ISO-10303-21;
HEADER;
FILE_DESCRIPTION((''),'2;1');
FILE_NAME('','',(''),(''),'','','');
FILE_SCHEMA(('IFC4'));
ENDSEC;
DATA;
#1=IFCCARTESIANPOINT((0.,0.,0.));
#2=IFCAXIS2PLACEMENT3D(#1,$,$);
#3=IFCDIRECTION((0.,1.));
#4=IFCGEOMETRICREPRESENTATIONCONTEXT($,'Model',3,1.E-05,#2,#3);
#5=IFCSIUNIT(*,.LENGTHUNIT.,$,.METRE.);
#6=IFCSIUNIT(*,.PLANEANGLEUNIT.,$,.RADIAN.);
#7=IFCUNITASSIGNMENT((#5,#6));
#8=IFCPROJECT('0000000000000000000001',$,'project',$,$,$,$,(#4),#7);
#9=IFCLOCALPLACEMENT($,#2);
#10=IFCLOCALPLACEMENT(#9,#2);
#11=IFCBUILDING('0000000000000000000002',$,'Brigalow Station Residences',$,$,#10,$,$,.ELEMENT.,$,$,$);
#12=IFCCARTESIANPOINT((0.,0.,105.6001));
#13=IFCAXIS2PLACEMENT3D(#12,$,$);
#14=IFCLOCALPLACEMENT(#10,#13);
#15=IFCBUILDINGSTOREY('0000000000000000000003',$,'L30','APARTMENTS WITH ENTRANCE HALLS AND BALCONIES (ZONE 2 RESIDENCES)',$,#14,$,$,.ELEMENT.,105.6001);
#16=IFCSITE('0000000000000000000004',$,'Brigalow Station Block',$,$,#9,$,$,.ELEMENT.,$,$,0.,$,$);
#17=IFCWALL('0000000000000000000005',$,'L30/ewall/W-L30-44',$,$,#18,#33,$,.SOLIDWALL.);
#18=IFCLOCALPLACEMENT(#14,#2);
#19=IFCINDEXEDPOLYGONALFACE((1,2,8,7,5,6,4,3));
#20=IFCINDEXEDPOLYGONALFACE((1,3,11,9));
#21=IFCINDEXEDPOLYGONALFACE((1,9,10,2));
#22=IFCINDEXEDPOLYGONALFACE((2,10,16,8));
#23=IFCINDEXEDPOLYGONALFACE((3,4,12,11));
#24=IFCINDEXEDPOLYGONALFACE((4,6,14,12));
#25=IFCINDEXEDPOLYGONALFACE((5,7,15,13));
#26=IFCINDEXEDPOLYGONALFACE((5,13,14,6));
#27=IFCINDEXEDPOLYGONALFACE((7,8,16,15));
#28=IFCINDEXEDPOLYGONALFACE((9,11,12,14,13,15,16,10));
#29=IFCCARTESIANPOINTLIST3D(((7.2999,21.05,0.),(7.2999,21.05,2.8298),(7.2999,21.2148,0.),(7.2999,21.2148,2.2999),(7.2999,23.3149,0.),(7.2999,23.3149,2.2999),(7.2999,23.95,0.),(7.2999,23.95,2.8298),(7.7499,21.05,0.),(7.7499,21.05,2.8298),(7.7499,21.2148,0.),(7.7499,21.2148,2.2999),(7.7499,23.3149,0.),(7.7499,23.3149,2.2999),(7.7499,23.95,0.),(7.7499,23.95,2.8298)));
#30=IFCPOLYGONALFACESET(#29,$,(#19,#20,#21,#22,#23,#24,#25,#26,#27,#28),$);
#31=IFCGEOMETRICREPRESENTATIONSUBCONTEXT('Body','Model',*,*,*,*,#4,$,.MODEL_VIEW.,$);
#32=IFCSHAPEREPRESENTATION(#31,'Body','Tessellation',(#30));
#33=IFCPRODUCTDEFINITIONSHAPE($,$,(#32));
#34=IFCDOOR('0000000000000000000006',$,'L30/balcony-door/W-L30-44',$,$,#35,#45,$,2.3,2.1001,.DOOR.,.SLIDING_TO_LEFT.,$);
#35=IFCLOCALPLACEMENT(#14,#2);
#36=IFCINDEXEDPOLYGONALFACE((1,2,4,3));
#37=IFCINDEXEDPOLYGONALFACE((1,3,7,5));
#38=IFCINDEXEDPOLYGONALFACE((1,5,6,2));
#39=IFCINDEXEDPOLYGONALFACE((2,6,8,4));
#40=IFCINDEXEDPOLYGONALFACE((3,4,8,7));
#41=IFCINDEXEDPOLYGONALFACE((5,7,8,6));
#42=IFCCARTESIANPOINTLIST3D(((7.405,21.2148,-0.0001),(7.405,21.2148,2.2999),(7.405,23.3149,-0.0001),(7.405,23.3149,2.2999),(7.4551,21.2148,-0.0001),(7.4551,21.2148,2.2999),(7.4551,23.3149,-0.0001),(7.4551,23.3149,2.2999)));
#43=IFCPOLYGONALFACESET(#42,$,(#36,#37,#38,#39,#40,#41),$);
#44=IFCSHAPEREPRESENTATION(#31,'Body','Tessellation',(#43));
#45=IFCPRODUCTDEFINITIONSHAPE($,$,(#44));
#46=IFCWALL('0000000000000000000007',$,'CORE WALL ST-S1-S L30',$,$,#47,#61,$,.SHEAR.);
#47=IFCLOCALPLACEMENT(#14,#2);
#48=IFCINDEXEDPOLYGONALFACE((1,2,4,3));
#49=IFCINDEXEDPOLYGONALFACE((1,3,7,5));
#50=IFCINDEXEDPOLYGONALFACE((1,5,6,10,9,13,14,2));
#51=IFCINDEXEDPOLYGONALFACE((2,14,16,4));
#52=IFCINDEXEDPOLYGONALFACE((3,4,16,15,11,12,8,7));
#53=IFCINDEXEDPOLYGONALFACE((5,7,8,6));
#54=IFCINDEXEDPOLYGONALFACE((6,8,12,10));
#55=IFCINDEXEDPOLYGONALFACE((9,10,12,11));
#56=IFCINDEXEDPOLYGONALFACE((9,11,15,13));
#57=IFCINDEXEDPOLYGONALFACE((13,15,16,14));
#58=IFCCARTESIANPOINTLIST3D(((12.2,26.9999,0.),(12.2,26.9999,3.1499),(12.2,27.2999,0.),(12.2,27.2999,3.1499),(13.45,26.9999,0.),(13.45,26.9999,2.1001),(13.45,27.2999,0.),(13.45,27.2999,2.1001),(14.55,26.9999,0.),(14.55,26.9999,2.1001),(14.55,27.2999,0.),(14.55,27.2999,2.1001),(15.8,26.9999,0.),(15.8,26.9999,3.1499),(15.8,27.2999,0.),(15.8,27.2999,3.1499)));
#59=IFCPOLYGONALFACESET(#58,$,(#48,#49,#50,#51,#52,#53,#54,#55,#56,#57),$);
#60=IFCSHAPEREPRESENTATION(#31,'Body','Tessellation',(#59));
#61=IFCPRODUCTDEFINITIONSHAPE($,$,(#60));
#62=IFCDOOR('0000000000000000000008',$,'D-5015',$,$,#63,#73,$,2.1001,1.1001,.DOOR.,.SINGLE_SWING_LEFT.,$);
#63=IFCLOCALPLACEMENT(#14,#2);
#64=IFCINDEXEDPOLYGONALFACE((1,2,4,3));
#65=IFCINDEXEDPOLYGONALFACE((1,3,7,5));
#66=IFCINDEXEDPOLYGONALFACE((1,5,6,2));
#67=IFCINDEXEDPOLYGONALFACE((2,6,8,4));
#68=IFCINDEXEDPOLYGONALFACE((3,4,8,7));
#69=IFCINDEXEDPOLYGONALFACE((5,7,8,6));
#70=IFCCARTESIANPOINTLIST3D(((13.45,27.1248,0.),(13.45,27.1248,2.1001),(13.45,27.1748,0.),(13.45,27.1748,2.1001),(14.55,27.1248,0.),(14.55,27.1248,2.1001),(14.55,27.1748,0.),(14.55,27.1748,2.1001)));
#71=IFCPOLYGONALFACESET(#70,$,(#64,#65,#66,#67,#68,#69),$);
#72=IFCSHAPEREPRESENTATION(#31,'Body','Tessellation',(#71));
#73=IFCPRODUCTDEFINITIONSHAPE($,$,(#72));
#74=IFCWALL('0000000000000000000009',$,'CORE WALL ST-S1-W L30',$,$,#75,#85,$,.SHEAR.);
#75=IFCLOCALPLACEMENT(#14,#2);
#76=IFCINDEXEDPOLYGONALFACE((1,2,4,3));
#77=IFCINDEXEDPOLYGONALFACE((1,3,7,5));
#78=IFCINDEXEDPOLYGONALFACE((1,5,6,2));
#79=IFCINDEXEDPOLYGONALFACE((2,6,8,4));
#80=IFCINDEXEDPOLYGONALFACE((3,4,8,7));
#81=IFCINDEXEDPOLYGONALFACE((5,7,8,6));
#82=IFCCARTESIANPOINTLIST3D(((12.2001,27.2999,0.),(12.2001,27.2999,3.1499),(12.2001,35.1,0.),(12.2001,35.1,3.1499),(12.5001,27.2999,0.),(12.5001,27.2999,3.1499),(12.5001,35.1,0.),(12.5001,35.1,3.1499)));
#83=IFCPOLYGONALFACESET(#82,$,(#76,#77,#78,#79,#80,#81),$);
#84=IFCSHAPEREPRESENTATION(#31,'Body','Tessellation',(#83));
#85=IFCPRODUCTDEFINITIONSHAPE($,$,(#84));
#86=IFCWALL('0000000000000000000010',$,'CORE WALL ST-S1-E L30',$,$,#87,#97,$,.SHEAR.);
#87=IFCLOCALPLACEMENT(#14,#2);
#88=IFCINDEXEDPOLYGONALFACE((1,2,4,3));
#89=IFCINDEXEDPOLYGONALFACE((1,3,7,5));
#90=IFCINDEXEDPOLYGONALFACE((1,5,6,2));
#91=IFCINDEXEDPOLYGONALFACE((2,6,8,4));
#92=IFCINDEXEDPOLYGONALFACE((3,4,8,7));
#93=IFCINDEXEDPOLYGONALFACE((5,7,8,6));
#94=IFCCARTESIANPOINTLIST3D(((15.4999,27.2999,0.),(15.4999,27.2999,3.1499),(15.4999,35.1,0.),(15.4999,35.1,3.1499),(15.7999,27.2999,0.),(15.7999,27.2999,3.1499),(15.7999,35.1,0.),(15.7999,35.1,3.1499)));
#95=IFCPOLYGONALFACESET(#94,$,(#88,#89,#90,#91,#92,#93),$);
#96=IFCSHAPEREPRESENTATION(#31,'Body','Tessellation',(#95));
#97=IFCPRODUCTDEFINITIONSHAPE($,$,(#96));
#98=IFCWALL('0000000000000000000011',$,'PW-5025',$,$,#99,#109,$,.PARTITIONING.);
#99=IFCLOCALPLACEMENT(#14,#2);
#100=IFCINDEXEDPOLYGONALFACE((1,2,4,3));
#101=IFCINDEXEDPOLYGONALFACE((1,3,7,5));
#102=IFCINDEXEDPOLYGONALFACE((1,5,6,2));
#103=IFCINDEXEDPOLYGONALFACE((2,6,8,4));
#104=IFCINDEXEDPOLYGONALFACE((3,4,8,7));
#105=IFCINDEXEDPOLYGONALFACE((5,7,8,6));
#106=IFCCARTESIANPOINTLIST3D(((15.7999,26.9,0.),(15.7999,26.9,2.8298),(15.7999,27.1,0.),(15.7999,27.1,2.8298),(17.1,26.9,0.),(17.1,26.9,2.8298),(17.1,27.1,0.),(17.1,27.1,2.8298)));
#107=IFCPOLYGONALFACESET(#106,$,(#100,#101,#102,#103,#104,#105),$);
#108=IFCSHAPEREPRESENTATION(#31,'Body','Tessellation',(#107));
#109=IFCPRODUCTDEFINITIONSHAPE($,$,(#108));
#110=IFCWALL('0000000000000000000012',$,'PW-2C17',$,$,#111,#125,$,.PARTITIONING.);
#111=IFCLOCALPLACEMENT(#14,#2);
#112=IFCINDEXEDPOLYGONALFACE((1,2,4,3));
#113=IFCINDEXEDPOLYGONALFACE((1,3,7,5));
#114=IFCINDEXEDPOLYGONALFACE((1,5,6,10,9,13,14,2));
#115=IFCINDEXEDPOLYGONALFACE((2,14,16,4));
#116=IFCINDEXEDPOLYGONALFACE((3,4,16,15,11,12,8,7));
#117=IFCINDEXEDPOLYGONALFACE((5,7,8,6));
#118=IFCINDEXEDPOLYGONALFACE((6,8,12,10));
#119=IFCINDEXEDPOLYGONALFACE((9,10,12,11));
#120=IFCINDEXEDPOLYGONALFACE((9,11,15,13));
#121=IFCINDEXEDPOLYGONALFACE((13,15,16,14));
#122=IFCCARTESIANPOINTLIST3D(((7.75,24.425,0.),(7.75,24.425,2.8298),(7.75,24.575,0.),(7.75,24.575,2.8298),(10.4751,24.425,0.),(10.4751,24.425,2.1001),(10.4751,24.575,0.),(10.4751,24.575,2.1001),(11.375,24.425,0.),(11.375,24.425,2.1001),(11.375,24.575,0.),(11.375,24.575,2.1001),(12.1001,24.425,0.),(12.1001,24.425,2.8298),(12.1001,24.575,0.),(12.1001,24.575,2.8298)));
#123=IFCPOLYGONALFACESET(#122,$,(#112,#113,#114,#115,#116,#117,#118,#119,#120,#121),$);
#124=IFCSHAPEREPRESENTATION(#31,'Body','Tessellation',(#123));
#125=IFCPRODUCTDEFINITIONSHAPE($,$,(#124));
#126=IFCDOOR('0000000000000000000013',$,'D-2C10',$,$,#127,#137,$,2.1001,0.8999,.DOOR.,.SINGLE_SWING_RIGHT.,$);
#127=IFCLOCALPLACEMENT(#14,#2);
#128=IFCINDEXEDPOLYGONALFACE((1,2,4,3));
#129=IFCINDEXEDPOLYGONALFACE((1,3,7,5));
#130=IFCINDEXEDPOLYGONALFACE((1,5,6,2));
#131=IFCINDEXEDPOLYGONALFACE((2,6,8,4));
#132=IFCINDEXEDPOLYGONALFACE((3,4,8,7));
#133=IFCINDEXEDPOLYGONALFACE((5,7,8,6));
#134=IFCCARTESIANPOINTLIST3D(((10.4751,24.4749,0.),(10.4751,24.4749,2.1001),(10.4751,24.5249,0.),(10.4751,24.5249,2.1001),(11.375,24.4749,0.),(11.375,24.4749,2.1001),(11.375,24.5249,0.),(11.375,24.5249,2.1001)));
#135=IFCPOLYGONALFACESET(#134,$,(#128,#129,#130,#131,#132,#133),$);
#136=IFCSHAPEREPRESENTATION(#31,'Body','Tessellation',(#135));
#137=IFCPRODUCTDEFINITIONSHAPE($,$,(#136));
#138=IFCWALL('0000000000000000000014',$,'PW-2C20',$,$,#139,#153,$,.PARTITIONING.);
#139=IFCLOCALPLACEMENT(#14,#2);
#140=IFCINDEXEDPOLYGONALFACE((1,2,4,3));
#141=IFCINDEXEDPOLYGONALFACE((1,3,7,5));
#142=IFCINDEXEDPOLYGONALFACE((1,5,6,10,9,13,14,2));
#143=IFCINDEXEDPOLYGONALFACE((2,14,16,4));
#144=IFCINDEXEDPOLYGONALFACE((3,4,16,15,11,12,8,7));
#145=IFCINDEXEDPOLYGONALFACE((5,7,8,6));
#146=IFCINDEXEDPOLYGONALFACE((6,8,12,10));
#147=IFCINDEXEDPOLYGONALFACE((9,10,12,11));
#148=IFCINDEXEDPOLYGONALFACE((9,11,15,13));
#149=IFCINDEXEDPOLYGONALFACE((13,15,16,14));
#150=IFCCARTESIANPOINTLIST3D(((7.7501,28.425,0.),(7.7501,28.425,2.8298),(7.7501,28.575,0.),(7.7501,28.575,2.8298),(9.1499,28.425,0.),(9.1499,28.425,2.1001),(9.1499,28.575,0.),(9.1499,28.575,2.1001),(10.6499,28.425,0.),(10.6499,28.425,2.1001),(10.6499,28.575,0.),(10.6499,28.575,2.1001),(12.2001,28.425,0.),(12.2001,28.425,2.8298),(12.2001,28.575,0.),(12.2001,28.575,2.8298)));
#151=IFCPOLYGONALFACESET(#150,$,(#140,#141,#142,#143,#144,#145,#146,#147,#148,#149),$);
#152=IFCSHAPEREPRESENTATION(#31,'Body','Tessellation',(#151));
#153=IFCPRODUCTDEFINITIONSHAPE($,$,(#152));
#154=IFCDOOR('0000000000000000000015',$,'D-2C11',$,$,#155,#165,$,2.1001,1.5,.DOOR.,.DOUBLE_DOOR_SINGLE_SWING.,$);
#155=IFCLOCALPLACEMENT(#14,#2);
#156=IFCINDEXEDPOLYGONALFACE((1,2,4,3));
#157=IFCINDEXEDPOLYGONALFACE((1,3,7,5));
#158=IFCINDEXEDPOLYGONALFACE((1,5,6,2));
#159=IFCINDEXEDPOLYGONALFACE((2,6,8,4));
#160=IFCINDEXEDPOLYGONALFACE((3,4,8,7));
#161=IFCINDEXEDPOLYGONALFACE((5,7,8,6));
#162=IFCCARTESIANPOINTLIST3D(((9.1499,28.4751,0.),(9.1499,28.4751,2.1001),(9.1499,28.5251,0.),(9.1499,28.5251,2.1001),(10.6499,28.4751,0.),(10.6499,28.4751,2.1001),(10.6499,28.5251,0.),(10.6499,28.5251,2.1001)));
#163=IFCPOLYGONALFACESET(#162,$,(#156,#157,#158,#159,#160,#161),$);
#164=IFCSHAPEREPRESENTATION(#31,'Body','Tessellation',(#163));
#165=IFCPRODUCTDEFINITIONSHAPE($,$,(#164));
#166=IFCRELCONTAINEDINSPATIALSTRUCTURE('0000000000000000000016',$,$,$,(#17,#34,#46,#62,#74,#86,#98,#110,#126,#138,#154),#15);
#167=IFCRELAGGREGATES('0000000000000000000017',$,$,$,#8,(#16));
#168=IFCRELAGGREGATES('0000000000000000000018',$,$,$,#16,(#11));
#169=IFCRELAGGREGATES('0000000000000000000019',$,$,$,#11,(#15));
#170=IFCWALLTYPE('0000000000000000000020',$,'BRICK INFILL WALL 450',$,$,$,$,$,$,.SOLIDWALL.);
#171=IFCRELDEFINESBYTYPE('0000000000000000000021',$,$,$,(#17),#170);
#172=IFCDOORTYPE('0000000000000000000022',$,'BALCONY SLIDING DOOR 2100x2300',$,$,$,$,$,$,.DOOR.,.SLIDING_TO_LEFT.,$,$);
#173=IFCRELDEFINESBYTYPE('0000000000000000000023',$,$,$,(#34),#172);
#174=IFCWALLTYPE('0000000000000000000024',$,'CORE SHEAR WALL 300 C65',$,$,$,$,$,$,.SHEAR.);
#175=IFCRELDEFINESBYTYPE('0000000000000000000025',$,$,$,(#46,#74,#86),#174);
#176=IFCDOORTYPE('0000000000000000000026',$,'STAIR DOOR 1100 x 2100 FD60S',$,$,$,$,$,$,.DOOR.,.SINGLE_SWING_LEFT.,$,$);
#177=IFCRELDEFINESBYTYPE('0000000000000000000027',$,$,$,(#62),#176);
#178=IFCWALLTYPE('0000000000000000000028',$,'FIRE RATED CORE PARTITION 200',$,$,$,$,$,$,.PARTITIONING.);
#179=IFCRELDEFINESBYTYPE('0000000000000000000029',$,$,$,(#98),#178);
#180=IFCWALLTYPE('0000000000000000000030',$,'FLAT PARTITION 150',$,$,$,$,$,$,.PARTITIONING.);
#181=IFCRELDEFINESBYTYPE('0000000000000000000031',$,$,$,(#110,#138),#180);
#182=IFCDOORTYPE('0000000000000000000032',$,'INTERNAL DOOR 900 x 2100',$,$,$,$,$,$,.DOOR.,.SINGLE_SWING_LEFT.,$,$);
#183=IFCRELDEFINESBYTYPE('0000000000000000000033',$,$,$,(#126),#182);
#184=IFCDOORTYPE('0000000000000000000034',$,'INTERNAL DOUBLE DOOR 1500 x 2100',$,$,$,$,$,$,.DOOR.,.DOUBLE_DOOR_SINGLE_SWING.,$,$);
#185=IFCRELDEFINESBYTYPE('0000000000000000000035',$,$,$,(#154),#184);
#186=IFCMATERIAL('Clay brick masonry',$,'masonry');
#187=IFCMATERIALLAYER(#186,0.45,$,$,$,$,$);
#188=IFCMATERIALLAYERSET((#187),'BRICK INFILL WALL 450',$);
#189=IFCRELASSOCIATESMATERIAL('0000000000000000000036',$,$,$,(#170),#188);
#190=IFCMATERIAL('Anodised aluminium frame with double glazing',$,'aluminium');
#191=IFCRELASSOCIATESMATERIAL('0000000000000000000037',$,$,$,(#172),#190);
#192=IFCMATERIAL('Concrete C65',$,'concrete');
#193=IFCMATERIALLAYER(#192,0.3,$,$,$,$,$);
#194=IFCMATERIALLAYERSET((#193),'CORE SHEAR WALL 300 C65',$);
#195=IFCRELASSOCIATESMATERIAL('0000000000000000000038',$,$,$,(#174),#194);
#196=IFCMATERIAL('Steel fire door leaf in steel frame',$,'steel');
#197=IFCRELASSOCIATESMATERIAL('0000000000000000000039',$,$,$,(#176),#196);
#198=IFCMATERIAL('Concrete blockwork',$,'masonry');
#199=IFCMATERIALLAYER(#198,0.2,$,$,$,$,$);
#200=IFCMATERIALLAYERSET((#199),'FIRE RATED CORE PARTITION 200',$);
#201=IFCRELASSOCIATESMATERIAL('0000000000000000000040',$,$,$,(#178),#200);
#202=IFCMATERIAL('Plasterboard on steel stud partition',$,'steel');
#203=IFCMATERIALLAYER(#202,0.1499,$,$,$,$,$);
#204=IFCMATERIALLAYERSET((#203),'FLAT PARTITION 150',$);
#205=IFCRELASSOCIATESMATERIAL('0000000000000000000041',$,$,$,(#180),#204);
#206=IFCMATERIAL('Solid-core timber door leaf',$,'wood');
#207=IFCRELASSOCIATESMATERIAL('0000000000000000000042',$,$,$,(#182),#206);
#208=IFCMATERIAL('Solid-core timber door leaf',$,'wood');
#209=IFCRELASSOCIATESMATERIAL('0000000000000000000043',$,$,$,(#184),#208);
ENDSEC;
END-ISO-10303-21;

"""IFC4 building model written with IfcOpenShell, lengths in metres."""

from ifc_helpers import new_model, si_unit, direction, frame, frame_2d, origin, place, context, subcontext, project, spatial, rectangle, extrude, material, layer, layer_set, type_object, element, fill, save


model = new_model("IFC4")

# Units and contexts
model_context = context("Model", 3, precision=1e-05, world=origin(), true_north=direction((0.0, 1.0)))
body_context = subcontext(model_context, "Body", "Model", "MODEL_VIEW")
ifc_project = project(units=[si_unit("LENGTHUNIT", "METRE"), si_unit("PLANEANGLEUNIT", "RADIAN")], contexts=[model_context])

# Site, building, storey
site_placement = place(None, origin())
site = spatial("IfcSite", under=ifc_project, at=site_placement, Name="Brigalow Station Block", CompositionType="ELEMENT", RefElevation=0.0)
building_placement = place(site_placement, origin())
building = spatial("IfcBuilding", under=site, at=building_placement, Name="Brigalow Station Residences", CompositionType="ELEMENT")
storey_placement = place(building_placement, frame((0.0, 0.0, 105.6001)))
storey = spatial("IfcBuildingStorey", under=building, at=storey_placement, Name="L30", Description="APARTMENTS WITH ENTRANCE HALLS AND BALCONIES (ZONE 2 RESIDENCES)", CompositionType="ELEMENT", Elevation=105.6001)

# Shared definitions
ifc_material_1 = material(Name="Clay brick masonry", Category="masonry")
ifc_layer_1 = layer(ifc_material_1, 0.45)
ifc_layer_set_1 = layer_set([ifc_layer_1], Name="BRICK INFILL WALL 450")
wall_type_1 = type_object("IfcWallType", Name="BRICK INFILL WALL 450", PredefinedType="SOLIDWALL", material=ifc_layer_set_1)

# Walls, openings, doors
wall_1_placement = place(storey_placement, frame((7.5249, 23.95, 0.0), z_axis=(0.0, 0.0, 1.0), x_axis=(0.0, -1.0, 0.0)))
wall_1 = element("IfcWall", 1, at=wall_1_placement, inside=storey, type_object=wall_type_1, Name="L30/ewall/W-L30-44", PredefinedType="SOLIDWALL", context=body_context, shape_type="SweptSolid", body=[
    extrude(rectangle(XDim=2.8999, YDim=0.45, at=frame_2d((1.45, 0.0))), origin(), (0.0, 0.0, 1.0), 2.8298),
])
opening_1_placement = place(wall_1_placement, frame((0.635, 0.0, 0.0)))
opening_1 = element("IfcOpeningElement", 2, at=opening_1_placement, cuts=wall_1, PredefinedType="OPENING", context=body_context, shape_type="SweptSolid", body=[
    extrude(rectangle(XDim=2.1001, YDim=2.3, at=frame_2d((1.05, 1.1499))), frame((0.0, 0.2349, 0.0), z_axis=(0.0, -1.0, 0.0), x_axis=(1.0, 0.0, 0.0)), (0.0, 0.0, 1.0), 0.47),
])
ifc_material_2 = material(Name="Anodised aluminium frame with double glazing", Category="aluminium")
door_type_1 = type_object("IfcDoorType", Name="BALCONY SLIDING DOOR 2100x2300", OperationType="SLIDING_TO_LEFT", PredefinedType="DOOR", material=ifc_material_2)
door_1_placement = place(opening_1_placement, origin())
door_1 = element("IfcDoor", 3, at=door_1_placement, inside=storey, type_object=door_type_1, Name="L30/balcony-door/W-L30-44", OperationType="SLIDING_TO_LEFT", OverallHeight=2.3, OverallWidth=2.1001, PredefinedType="DOOR", context=body_context, shape_type="SweptSolid", body=[
    extrude(rectangle(XDim=2.1001, YDim=2.3, at=frame_2d((1.05, 1.1499))), frame((0.0, -0.0698, 0.0), z_axis=(0.0, -1.0, 0.0), x_axis=(1.0, 0.0, 0.0)), (0.0, 0.0, 1.0), 0.05),
])
fill(opening_1, door_1)
ifc_material_3 = material(Name="Concrete C65", Category="concrete")
ifc_layer_2 = layer(ifc_material_3, 0.3)
ifc_layer_set_2 = layer_set([ifc_layer_2], Name="CORE SHEAR WALL 300 C65")
wall_type_2 = type_object("IfcWallType", Name="CORE SHEAR WALL 300 C65", PredefinedType="SHEAR", material=ifc_layer_set_2)
wall_2_placement = place(storey_placement, frame((12.2, 27.1499, 0.0), z_axis=(0.0, 0.0, 1.0), x_axis=(1.0, 0.0, 0.0)))
wall_2 = element("IfcWall", 4, at=wall_2_placement, inside=storey, type_object=wall_type_2, Name="CORE WALL ST-S1-S L30", PredefinedType="SHEAR", context=body_context, shape_type="SweptSolid", body=[
    extrude(rectangle(XDim=3.6001, YDim=0.3, at=frame_2d((1.8, 0.0))), origin(), (0.0, 0.0, 1.0), 3.1499),
])
opening_2_placement = place(wall_2_placement, frame((1.25, 0.0, 0.0)))
opening_2 = element("IfcOpeningElement", 5, at=opening_2_placement, cuts=wall_2, PredefinedType="OPENING", context=body_context, shape_type="SweptSolid", body=[
    extrude(rectangle(XDim=1.1001, YDim=2.1001, at=frame_2d((0.55, 1.05))), frame((0.0, 0.1602, 0.0), z_axis=(0.0, -1.0, 0.0), x_axis=(1.0, 0.0, 0.0)), (0.0, 0.0, 1.0), 0.3201),
])
ifc_material_4 = material(Name="Steel fire door leaf in steel frame", Category="steel")
door_type_2 = type_object("IfcDoorType", Name="STAIR DOOR 1100 x 2100 FD60S", OperationType="SINGLE_SWING_LEFT", PredefinedType="DOOR", material=ifc_material_4)
door_2_placement = place(opening_2_placement, origin())
door_2 = element("IfcDoor", 6, at=door_2_placement, inside=storey, type_object=door_type_2, Name="D-5015", OperationType="SINGLE_SWING_LEFT", OverallHeight=2.1001, OverallWidth=1.1001, PredefinedType="DOOR", context=body_context, shape_type="SweptSolid", body=[
    extrude(rectangle(XDim=1.1001, YDim=2.1001, at=frame_2d((0.55, 1.05))), frame((0.0, 0.0249, 0.0), z_axis=(0.0, -1.0, 0.0), x_axis=(1.0, 0.0, 0.0)), (0.0, 0.0, 1.0), 0.05),
])
fill(opening_2, door_2)

# Walls
for number, where, z_axis, x_axis, name in (
    (7, (12.3501, 27.3, 0.0), (0.0, 0.0, 1.0), (0.0, 1.0, 0.0), "CORE WALL ST-S1-W L30"),
    (8, (15.6499, 27.3, 0.0), (0.0, 0.0, 1.0), (0.0, 1.0, 0.0), "CORE WALL ST-S1-E L30"),
):
    element("IfcWall", number, at=place(storey_placement, frame(where, z_axis=z_axis, x_axis=x_axis)), inside=storey, type_object=wall_type_2, Name=name, PredefinedType="SHEAR", context=body_context, shape_type="SweptSolid", body=[
        extrude(rectangle(XDim=7.8, YDim=0.3, at=frame_2d((3.8999, 0.0))), origin(), (0.0, 0.0, 1.0), 3.1499),
    ])
ifc_material_5 = material(Name="Concrete blockwork", Category="masonry")
ifc_layer_3 = layer(ifc_material_5, 0.2)
ifc_layer_set_3 = layer_set([ifc_layer_3], Name="FIRE RATED CORE PARTITION 200")
wall_type_3 = type_object("IfcWallType", Name="FIRE RATED CORE PARTITION 200", PredefinedType="PARTITIONING", material=ifc_layer_set_3)
wall_3_placement = place(storey_placement, frame((15.8, 27.0, 0.0), z_axis=(0.0, 0.0, 1.0), x_axis=(1.0, 0.0, 0.0)))
element("IfcWall", 9, at=wall_3_placement, inside=storey, type_object=wall_type_3, Name="PW-5025", PredefinedType="PARTITIONING", context=body_context, shape_type="SweptSolid", body=[
    extrude(rectangle(XDim=1.3, YDim=0.2, at=frame_2d((0.6499, 0.0))), origin(), (0.0, 0.0, 1.0), 2.8298),
])

# Walls, openings, doors
ifc_material_6 = material(Name="Plasterboard on steel stud partition", Category="steel")
ifc_layer_4 = layer(ifc_material_6, 0.1499)
ifc_layer_set_4 = layer_set([ifc_layer_4], Name="FLAT PARTITION 150")
wall_type_4 = type_object("IfcWallType", Name="FLAT PARTITION 150", PredefinedType="PARTITIONING", material=ifc_layer_set_4)
wall_4_placement = place(storey_placement, frame((7.75, 24.5, 0.0), z_axis=(0.0, 0.0, 1.0), x_axis=(1.0, 0.0, 0.0)))
wall_4 = element("IfcWall", 10, at=wall_4_placement, inside=storey, type_object=wall_type_4, Name="PW-2C17", PredefinedType="PARTITIONING", context=body_context, shape_type="SweptSolid", body=[
    extrude(rectangle(XDim=4.3501, YDim=0.1499, at=frame_2d((2.175, 0.0))), origin(), (0.0, 0.0, 1.0), 2.8298),
])
opening_3_placement = place(wall_4_placement, frame((2.7251, 0.0, 0.0)))
opening_3 = element("IfcOpeningElement", 11, at=opening_3_placement, cuts=wall_4, PredefinedType="OPENING", context=body_context, shape_type="SweptSolid", body=[
    extrude(rectangle(XDim=0.8999, YDim=2.1001, at=frame_2d((0.45, 1.05))), frame((0.0, 0.085, 0.0), z_axis=(0.0, -1.0, 0.0), x_axis=(1.0, 0.0, 0.0)), (0.0, 0.0, 1.0), 0.1699),
])
ifc_material_7 = material(Name="Solid-core timber door leaf", Category="wood")
door_type_3 = type_object("IfcDoorType", Name="INTERNAL DOOR 900 x 2100", OperationType="SINGLE_SWING_LEFT", PredefinedType="DOOR", material=ifc_material_7)
door_3_placement = place(opening_3_placement, origin())
door_3 = element("IfcDoor", 12, at=door_3_placement, inside=storey, type_object=door_type_3, Name="D-2C10", OperationType="SINGLE_SWING_RIGHT", OverallHeight=2.1001, OverallWidth=0.8999, PredefinedType="DOOR", context=body_context, shape_type="SweptSolid", body=[
    extrude(rectangle(XDim=0.8999, YDim=2.1001, at=frame_2d((0.45, 1.05))), frame((0.0, 0.0249, 0.0), z_axis=(0.0, -1.0, 0.0), x_axis=(1.0, 0.0, 0.0)), (0.0, 0.0, 1.0), 0.05),
])
fill(opening_3, door_3)
wall_5_placement = place(storey_placement, frame((7.75, 28.5, 0.0), z_axis=(0.0, 0.0, 1.0), x_axis=(1.0, 0.0, 0.0)))
wall_5 = element("IfcWall", 13, at=wall_5_placement, inside=storey, type_object=wall_type_4, Name="PW-2C20", PredefinedType="PARTITIONING", context=body_context, shape_type="SweptSolid", body=[
    extrude(rectangle(XDim=4.45, YDim=0.1499, at=frame_2d((2.2251, 0.0))), origin(), (0.0, 0.0, 1.0), 2.8298),
])
opening_4_placement = place(wall_5_placement, frame((1.3999, 0.0, 0.0)))
opening_4 = element("IfcOpeningElement", 14, at=opening_4_placement, cuts=wall_5, PredefinedType="OPENING", context=body_context, shape_type="SweptSolid", body=[
    extrude(rectangle(XDim=1.5, YDim=2.1001, at=frame_2d((0.75, 1.05))), frame((0.0, 0.085, 0.0), z_axis=(0.0, -1.0, 0.0), x_axis=(1.0, 0.0, 0.0)), (0.0, 0.0, 1.0), 0.1699),
])
ifc_material_8 = material(Name="Solid-core timber door leaf", Category="wood")
door_type_4 = type_object("IfcDoorType", Name="INTERNAL DOUBLE DOOR 1500 x 2100", OperationType="DOUBLE_DOOR_SINGLE_SWING", PredefinedType="DOOR", material=ifc_material_8)
door_4_placement = place(opening_4_placement, frame((1.5, 0.0, 0.0), z_axis=(0.0, 0.0, 1.0), x_axis=(-1.0, 0.0, 0.0)))
door_4 = element("IfcDoor", 15, at=door_4_placement, inside=storey, type_object=door_type_4, Name="D-2C11", OperationType="DOUBLE_DOOR_SINGLE_SWING", OverallHeight=2.1001, OverallWidth=1.5, PredefinedType="DOOR", context=body_context, shape_type="SweptSolid", body=[
    extrude(rectangle(XDim=1.5, YDim=2.1001, at=frame_2d((0.75, 1.05))), frame((0.0, 0.0249, 0.0), z_axis=(0.0, -1.0, 0.0), x_axis=(1.0, 0.0, 0.0)), (0.0, 0.0, 1.0), 0.05),
])
fill(opening_4, door_4)

save(model, "model.ifc")
